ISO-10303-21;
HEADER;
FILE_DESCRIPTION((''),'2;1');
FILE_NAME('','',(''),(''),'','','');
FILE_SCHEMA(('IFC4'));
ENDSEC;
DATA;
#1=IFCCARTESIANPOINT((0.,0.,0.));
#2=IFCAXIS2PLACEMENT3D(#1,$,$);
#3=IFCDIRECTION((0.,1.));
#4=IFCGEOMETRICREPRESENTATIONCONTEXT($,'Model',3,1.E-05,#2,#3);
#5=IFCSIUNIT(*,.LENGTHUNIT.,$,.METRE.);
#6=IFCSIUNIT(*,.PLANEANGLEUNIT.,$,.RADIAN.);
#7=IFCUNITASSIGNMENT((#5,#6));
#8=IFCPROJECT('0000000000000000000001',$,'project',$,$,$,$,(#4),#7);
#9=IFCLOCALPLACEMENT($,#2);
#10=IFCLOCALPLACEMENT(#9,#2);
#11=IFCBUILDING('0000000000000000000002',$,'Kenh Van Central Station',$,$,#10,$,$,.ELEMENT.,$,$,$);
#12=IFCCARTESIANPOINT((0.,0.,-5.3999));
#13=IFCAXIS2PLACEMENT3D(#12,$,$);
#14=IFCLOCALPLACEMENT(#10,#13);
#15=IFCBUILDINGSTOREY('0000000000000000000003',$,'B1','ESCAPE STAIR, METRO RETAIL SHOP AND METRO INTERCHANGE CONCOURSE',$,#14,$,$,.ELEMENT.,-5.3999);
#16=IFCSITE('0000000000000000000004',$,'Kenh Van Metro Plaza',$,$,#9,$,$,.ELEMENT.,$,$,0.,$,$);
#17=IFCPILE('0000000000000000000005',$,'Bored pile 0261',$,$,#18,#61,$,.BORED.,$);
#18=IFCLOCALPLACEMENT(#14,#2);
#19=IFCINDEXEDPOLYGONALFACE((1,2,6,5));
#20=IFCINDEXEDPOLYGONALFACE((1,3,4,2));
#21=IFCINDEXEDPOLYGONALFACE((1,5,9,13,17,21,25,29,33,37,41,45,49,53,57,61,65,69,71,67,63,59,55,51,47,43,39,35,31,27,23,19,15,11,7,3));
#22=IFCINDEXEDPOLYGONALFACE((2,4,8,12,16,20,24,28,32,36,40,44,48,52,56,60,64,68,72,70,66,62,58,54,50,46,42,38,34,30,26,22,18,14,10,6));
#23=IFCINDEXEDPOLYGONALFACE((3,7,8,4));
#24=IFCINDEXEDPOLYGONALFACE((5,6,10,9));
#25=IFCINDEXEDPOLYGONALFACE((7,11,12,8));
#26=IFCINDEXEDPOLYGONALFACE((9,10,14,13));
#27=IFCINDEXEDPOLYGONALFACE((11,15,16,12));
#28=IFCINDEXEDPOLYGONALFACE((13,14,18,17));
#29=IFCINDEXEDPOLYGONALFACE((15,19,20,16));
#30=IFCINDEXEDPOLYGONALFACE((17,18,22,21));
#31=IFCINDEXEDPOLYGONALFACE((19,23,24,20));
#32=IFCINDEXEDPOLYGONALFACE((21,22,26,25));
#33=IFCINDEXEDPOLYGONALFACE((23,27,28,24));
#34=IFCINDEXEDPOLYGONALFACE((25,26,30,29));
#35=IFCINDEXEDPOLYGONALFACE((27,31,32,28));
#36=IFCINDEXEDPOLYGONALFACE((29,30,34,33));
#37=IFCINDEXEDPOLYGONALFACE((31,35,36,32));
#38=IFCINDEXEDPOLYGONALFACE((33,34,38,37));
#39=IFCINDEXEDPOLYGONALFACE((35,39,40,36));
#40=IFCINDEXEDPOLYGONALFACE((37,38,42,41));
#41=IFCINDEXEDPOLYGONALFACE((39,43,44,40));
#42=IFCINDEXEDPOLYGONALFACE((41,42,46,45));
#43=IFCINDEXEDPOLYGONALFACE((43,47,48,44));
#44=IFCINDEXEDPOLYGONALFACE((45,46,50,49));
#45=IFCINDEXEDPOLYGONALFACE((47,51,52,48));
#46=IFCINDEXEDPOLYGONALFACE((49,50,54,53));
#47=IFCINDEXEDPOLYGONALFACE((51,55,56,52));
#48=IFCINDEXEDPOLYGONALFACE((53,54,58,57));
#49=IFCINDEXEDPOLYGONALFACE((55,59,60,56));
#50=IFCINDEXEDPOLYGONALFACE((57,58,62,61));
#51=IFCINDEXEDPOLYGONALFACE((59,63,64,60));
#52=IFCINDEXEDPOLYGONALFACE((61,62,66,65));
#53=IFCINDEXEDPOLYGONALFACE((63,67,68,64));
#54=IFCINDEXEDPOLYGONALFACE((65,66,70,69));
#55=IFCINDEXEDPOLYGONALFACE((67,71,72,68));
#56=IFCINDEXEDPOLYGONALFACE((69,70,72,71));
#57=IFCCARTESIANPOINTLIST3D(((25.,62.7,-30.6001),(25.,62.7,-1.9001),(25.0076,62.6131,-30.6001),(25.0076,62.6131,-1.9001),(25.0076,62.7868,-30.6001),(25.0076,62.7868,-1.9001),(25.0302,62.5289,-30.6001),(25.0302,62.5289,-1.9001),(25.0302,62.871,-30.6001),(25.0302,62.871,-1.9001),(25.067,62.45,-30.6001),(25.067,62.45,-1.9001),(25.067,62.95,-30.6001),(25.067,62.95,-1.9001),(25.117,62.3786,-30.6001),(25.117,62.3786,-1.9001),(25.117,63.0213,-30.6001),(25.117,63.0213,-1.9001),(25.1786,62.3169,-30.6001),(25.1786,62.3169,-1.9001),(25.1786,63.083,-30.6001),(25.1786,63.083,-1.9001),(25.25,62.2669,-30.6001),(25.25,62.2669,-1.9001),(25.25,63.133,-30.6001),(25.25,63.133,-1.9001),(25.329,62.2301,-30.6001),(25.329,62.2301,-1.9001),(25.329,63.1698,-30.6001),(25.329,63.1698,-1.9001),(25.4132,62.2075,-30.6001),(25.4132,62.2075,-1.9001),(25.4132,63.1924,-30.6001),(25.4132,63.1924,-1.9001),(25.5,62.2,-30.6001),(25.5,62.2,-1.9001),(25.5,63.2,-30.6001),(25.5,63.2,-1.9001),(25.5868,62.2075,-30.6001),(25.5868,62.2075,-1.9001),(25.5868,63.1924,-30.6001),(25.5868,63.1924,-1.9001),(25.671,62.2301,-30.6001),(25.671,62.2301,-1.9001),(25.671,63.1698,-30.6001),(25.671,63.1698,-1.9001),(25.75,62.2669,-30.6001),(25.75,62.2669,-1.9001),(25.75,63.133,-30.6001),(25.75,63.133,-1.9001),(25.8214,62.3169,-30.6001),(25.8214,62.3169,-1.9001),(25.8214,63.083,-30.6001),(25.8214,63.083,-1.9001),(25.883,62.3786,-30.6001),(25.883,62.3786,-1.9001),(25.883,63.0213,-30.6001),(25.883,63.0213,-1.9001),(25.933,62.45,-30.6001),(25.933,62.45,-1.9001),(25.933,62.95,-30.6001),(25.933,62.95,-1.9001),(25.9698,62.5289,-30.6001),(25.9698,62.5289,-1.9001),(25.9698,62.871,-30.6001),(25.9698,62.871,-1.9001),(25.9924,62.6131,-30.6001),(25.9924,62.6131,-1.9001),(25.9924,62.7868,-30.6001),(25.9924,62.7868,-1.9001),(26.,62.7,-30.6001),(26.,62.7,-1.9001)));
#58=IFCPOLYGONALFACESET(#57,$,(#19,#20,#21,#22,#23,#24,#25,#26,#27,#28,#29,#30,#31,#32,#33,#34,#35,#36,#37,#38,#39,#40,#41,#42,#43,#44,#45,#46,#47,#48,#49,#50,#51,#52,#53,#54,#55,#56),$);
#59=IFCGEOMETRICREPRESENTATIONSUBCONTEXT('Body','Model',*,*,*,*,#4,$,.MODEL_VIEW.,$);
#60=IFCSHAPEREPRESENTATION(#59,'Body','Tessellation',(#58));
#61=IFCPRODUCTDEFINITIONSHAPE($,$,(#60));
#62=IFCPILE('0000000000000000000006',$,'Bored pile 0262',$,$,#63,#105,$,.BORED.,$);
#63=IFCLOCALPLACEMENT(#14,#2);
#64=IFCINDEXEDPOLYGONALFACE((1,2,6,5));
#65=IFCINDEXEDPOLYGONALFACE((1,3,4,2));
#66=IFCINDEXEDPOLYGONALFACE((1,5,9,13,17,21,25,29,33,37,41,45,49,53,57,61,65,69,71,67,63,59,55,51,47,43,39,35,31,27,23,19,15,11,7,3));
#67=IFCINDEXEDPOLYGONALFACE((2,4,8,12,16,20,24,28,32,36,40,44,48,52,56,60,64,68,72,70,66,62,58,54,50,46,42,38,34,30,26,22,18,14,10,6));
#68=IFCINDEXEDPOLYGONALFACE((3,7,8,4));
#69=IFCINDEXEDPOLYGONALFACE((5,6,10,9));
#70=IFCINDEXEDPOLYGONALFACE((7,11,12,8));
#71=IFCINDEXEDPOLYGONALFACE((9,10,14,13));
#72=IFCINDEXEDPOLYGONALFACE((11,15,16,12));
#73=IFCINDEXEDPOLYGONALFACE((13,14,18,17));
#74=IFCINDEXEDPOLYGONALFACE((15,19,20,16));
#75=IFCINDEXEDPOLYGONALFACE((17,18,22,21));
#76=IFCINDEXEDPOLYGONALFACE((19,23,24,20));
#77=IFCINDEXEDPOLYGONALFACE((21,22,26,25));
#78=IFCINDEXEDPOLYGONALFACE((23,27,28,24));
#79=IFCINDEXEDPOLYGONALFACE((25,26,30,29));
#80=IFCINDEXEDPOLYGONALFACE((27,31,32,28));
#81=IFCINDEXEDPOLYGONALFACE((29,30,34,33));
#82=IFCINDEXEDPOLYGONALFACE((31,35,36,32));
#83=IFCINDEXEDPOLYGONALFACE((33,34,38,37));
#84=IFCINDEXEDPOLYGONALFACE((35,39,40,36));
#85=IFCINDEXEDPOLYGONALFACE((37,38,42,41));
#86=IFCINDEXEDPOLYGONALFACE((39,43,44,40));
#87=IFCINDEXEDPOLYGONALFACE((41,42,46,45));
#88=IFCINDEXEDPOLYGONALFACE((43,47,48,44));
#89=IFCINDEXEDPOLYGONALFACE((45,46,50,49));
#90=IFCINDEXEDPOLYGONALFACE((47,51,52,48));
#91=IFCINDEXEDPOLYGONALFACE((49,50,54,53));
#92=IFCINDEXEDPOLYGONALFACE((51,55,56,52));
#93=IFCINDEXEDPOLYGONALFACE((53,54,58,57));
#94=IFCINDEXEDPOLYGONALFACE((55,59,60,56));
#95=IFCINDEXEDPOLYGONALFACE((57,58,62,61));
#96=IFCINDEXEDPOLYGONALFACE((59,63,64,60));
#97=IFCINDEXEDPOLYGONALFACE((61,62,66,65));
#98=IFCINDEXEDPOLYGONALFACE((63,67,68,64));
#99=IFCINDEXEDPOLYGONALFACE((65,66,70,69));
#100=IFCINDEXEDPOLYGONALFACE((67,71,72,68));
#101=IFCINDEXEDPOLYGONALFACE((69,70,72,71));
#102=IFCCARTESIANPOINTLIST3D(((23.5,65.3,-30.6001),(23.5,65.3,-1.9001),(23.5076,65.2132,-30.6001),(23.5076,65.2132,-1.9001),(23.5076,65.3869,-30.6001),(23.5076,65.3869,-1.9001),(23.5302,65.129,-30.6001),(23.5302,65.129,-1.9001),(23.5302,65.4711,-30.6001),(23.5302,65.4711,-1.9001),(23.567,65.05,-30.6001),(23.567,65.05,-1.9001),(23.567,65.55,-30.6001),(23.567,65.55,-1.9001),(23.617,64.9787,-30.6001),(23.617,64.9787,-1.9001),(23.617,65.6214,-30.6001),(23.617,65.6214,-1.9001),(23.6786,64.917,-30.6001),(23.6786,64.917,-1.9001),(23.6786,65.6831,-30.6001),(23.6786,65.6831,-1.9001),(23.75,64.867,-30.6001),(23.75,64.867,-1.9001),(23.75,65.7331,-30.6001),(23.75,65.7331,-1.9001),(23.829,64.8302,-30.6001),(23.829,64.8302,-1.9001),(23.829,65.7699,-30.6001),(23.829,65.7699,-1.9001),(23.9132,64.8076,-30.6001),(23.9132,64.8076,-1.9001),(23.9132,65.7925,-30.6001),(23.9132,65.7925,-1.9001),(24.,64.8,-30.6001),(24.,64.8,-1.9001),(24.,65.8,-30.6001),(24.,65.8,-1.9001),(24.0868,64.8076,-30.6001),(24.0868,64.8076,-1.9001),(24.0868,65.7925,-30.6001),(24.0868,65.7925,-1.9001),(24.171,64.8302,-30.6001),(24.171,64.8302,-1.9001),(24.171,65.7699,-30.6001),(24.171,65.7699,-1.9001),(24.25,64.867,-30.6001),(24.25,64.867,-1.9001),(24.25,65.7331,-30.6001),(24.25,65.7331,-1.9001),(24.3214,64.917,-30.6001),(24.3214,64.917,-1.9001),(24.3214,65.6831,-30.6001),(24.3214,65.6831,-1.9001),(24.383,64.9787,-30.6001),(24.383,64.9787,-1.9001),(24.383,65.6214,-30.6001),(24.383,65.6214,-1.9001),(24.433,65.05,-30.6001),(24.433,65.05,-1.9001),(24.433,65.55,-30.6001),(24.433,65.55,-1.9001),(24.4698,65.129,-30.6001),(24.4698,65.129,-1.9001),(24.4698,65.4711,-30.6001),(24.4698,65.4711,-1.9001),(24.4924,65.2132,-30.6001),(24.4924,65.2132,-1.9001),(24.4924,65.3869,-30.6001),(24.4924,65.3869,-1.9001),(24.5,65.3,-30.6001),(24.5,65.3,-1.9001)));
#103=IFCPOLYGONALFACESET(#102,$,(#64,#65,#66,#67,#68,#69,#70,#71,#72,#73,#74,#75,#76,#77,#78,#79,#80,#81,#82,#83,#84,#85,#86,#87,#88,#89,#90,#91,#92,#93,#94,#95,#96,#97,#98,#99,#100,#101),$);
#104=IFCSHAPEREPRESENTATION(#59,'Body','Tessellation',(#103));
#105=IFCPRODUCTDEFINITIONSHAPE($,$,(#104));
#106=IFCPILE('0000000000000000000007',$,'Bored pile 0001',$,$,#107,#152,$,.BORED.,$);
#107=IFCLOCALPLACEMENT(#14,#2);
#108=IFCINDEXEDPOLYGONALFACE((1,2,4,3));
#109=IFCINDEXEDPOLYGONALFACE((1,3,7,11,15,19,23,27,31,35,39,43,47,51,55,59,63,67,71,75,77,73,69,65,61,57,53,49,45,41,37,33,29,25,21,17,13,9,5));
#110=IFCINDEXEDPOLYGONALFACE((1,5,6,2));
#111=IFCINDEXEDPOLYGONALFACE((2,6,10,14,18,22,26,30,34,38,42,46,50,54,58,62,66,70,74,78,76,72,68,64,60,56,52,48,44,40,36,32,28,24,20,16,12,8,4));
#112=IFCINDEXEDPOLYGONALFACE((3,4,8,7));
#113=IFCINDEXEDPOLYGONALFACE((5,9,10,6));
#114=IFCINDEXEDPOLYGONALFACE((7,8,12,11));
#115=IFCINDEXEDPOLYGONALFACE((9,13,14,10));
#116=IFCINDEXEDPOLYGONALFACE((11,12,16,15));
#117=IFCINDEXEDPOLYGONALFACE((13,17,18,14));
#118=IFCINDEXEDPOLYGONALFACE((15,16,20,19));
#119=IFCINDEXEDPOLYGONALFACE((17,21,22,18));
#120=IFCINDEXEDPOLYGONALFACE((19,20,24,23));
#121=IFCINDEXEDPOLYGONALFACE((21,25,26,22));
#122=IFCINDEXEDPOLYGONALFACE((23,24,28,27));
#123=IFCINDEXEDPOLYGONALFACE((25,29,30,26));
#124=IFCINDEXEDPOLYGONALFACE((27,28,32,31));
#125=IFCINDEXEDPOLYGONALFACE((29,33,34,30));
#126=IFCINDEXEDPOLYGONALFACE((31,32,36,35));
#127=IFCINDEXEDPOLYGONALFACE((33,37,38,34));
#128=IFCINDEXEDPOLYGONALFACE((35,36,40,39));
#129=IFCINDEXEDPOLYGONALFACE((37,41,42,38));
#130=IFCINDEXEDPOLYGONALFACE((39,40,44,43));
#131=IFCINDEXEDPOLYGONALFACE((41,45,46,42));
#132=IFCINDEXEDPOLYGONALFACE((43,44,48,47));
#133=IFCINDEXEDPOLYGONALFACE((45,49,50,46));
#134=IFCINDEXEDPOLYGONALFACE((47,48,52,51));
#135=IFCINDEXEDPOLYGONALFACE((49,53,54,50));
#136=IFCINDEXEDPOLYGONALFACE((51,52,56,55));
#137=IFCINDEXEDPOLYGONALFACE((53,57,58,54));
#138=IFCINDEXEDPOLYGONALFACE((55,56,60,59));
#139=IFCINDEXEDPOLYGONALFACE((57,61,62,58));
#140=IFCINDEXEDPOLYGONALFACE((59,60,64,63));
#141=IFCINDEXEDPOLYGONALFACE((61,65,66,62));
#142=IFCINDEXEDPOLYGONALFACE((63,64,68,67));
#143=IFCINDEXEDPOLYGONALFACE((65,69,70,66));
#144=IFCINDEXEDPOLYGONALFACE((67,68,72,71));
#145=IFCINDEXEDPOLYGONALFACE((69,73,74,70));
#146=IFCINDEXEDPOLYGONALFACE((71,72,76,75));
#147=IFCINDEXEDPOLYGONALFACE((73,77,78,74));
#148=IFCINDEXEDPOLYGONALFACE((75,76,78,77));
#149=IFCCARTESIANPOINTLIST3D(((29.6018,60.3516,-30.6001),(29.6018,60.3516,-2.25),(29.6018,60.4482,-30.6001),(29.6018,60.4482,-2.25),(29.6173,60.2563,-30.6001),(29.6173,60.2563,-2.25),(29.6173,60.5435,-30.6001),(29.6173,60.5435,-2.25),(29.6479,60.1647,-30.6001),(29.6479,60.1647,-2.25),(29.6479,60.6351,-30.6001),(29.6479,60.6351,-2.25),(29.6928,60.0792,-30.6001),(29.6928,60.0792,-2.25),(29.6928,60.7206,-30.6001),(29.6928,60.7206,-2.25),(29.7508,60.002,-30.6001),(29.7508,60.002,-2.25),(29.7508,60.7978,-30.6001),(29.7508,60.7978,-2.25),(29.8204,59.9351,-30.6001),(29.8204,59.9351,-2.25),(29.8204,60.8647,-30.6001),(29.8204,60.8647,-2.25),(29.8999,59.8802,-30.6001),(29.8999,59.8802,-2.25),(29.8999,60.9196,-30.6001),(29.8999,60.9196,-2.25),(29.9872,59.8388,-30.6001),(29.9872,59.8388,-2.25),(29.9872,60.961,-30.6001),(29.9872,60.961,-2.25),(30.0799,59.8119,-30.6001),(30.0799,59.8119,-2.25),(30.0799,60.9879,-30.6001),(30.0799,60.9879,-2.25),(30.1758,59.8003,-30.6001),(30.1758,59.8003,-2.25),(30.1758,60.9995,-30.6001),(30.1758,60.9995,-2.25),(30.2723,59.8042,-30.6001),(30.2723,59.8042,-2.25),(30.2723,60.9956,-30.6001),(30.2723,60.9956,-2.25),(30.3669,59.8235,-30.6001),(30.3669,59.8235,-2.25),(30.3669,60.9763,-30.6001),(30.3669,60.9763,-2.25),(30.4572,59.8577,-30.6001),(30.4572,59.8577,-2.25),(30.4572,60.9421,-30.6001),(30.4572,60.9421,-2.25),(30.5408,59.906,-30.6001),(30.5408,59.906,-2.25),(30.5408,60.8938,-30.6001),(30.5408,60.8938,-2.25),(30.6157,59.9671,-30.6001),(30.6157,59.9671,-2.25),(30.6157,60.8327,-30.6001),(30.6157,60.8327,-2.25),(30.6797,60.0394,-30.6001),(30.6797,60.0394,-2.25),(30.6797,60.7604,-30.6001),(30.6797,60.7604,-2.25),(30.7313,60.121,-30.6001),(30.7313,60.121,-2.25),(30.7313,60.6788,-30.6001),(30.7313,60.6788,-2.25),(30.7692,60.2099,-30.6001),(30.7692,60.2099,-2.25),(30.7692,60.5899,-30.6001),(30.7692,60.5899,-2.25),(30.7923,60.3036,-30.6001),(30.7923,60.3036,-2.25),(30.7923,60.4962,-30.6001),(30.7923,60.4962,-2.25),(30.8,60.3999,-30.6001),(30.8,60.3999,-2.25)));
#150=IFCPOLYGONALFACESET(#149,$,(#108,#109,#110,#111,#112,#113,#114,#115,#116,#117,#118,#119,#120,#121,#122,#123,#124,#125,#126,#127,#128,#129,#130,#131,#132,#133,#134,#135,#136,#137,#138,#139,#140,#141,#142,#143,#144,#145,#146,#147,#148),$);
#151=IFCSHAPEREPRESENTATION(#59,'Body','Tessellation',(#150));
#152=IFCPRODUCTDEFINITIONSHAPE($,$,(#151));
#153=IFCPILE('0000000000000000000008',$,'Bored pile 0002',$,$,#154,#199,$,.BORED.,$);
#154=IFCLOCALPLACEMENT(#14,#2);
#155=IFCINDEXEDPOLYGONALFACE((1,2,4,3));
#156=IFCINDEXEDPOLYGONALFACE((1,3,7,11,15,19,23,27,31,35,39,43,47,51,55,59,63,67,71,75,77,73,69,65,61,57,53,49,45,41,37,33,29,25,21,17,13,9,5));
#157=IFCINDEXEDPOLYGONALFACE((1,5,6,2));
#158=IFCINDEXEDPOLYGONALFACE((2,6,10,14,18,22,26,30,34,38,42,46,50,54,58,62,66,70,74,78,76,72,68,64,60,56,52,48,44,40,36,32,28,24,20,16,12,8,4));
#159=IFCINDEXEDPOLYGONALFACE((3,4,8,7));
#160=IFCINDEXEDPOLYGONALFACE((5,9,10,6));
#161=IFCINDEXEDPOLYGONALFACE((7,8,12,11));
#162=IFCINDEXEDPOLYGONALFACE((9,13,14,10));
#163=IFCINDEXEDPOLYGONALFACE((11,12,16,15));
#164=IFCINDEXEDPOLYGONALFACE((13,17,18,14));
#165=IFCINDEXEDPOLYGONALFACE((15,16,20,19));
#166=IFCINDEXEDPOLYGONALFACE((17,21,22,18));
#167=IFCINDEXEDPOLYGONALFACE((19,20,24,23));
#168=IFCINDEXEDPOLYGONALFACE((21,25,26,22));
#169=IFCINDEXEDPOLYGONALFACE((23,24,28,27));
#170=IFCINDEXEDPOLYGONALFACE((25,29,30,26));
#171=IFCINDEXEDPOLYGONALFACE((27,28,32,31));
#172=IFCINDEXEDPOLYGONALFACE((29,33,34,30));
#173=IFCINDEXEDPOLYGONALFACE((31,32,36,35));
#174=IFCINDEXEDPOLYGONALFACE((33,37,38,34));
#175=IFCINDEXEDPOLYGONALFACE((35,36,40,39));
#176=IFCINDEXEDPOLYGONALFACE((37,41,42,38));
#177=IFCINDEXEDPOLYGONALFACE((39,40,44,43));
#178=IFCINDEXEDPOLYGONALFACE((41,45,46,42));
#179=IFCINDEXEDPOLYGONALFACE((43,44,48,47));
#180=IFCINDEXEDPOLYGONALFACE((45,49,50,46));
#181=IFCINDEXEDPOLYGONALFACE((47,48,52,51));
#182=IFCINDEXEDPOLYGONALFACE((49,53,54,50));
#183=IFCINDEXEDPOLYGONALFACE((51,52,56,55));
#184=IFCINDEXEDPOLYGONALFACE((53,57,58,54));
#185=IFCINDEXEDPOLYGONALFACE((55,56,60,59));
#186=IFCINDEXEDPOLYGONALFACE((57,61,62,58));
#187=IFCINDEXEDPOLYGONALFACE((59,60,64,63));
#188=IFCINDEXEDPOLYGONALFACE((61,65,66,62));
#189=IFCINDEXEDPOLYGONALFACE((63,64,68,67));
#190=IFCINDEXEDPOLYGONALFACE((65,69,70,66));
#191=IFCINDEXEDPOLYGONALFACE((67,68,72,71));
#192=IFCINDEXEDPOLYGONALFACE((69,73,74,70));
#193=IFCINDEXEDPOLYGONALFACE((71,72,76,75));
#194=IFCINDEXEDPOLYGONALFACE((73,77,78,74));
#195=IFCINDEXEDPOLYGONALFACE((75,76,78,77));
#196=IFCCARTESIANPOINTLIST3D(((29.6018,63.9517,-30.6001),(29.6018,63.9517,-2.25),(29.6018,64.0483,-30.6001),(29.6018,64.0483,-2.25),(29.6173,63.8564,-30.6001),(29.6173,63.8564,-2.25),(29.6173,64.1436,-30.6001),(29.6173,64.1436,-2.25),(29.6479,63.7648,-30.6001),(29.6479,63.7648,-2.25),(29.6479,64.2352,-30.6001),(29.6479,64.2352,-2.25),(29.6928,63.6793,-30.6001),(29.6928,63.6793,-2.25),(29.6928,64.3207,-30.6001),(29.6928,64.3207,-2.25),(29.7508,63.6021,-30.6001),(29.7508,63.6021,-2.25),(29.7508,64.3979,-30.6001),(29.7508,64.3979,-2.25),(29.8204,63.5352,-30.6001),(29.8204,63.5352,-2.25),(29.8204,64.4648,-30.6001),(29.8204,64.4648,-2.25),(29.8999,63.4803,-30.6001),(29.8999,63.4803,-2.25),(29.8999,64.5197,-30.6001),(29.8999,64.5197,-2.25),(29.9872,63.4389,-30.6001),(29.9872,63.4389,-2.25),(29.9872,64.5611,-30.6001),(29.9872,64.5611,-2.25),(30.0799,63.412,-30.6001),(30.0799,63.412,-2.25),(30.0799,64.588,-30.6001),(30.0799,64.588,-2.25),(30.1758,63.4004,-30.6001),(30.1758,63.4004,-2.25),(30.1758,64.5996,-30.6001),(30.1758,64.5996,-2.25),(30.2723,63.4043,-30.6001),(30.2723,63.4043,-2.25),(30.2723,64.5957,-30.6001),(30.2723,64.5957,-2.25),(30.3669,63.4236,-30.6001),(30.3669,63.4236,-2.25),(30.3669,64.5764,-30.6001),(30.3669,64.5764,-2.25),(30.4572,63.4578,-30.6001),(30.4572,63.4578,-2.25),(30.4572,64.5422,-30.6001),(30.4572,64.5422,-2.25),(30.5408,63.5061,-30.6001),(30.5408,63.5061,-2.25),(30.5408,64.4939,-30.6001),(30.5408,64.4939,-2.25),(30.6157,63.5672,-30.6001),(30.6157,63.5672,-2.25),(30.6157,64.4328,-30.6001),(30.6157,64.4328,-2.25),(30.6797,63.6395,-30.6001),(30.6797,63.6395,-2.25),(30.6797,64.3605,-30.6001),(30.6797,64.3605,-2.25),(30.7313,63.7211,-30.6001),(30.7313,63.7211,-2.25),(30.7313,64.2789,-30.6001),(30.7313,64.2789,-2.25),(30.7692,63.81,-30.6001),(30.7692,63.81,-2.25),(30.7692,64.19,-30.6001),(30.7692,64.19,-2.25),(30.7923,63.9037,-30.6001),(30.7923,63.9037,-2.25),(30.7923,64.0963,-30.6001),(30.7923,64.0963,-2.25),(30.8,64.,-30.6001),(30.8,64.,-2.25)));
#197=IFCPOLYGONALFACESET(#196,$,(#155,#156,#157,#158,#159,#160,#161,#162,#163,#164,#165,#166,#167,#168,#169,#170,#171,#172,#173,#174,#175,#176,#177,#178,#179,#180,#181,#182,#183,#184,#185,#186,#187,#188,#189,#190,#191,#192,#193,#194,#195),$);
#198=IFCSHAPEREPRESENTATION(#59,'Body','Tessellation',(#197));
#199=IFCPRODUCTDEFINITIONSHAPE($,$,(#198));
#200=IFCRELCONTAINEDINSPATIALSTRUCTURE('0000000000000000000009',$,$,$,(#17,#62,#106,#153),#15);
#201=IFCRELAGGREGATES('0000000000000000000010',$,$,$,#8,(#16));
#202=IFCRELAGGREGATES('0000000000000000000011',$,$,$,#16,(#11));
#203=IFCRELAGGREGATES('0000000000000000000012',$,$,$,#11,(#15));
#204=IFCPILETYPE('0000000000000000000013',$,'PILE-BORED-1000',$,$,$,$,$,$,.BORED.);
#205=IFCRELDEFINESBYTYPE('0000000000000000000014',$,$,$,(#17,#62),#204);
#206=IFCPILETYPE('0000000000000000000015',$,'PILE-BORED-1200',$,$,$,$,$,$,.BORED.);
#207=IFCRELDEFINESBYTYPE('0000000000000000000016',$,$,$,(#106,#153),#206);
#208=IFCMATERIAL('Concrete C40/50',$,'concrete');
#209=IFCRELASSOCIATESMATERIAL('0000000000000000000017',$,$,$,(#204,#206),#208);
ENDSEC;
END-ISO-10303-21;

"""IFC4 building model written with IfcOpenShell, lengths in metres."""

from ifc_helpers import new_model, si_unit, direction, frame, origin, origin_2d, place, context, subcontext, project, spatial, circle, extrude, material, material_profile, profile_set, type_object, element, save


model = new_model("IFC4")

# Units and contexts
model_context = context("Model", 3, precision=1e-05, world=origin(), true_north=direction((0.0, 1.0)))
body_context = subcontext(model_context, "Body", "Model", "MODEL_VIEW")
ifc_project = project(units=[si_unit("LENGTHUNIT", "METRE"), si_unit("PLANEANGLEUNIT", "RADIAN")], contexts=[model_context])

# Site, building, storey
site_placement = place(None, origin())
site = spatial("IfcSite", under=ifc_project, at=site_placement, Name="Kenh Van Metro Plaza", CompositionType="ELEMENT", RefElevation=0.0)
building_placement = place(site_placement, origin())
building = spatial("IfcBuilding", under=site, at=building_placement, Name="Kenh Van Central Station", CompositionType="ELEMENT")
storey_placement = place(building_placement, frame((0.0, 0.0, -5.3999)))
storey = spatial("IfcBuildingStorey", under=building, at=storey_placement, Name="B1", Description="ESCAPE STAIR, METRO RETAIL SHOP AND METRO INTERCHANGE CONCOURSE", CompositionType="ELEMENT", Elevation=-5.3999)

# Shared definitions
ifc_material_1 = material(Name="Concrete C40/50", Category="concrete")

# Piles
ifc_material_profile_1 = material_profile(ifc_material_1, circle(Radius=0.5, at=origin_2d()), Name="PILE D1000")
ifc_profile_set_1 = profile_set([ifc_material_profile_1], Name="Concrete C40/50")
pile_type_1 = type_object("IfcPileType", Name="PILE-BORED-1000", PredefinedType="BORED", material=ifc_profile_set_1)
for number, where, z_axis, x_axis, name in (
    (1, (25.5, 62.7, -1.9001), (0.0, 0.0, -1.0), (1.0, 0.0, 0.0), "Bored pile 0261"),
    (2, (24.0, 65.3, -1.9001), (0.0, 0.0, -1.0), (1.0, 0.0, 0.0), "Bored pile 0262"),
):
    element("IfcPile", number, at=place(storey_placement, frame(where, z_axis=z_axis, x_axis=x_axis)), inside=storey, type_object=pile_type_1, Name=name, PredefinedType="BORED", context=body_context, shape_type="SweptSolid", body=[
        extrude(circle(Radius=0.5, at=origin_2d()), origin(), (0.0, 0.0, 1.0), 28.7),
    ])
ifc_material_profile_2 = material_profile(ifc_material_1, circle(Radius=0.6001, at=origin_2d()), Name="PILE D1200")
ifc_profile_set_2 = profile_set([ifc_material_profile_2], Name="Concrete C40/50")
pile_type_2 = type_object("IfcPileType", Name="PILE-BORED-1200", PredefinedType="BORED", material=ifc_profile_set_2)
for number, where, z_axis, x_axis, name in (
    (3, (30.2, 60.3999, -2.25), (0.0, 0.0, -1.0), (1.0, 0.0, 0.0), "Bored pile 0001"),
    (4, (30.2, 64.0, -2.25), (0.0, 0.0, -1.0), (1.0, 0.0, 0.0), "Bored pile 0002"),
):
    element("IfcPile", number, at=place(storey_placement, frame(where, z_axis=z_axis, x_axis=x_axis)), inside=storey, type_object=pile_type_2, Name=name, PredefinedType="BORED", context=body_context, shape_type="SweptSolid", body=[
        extrude(circle(Radius=0.6001, at=origin_2d()), origin(), (0.0, 0.0, 1.0), 28.3501),
    ])

save(model, "model.ifc")
